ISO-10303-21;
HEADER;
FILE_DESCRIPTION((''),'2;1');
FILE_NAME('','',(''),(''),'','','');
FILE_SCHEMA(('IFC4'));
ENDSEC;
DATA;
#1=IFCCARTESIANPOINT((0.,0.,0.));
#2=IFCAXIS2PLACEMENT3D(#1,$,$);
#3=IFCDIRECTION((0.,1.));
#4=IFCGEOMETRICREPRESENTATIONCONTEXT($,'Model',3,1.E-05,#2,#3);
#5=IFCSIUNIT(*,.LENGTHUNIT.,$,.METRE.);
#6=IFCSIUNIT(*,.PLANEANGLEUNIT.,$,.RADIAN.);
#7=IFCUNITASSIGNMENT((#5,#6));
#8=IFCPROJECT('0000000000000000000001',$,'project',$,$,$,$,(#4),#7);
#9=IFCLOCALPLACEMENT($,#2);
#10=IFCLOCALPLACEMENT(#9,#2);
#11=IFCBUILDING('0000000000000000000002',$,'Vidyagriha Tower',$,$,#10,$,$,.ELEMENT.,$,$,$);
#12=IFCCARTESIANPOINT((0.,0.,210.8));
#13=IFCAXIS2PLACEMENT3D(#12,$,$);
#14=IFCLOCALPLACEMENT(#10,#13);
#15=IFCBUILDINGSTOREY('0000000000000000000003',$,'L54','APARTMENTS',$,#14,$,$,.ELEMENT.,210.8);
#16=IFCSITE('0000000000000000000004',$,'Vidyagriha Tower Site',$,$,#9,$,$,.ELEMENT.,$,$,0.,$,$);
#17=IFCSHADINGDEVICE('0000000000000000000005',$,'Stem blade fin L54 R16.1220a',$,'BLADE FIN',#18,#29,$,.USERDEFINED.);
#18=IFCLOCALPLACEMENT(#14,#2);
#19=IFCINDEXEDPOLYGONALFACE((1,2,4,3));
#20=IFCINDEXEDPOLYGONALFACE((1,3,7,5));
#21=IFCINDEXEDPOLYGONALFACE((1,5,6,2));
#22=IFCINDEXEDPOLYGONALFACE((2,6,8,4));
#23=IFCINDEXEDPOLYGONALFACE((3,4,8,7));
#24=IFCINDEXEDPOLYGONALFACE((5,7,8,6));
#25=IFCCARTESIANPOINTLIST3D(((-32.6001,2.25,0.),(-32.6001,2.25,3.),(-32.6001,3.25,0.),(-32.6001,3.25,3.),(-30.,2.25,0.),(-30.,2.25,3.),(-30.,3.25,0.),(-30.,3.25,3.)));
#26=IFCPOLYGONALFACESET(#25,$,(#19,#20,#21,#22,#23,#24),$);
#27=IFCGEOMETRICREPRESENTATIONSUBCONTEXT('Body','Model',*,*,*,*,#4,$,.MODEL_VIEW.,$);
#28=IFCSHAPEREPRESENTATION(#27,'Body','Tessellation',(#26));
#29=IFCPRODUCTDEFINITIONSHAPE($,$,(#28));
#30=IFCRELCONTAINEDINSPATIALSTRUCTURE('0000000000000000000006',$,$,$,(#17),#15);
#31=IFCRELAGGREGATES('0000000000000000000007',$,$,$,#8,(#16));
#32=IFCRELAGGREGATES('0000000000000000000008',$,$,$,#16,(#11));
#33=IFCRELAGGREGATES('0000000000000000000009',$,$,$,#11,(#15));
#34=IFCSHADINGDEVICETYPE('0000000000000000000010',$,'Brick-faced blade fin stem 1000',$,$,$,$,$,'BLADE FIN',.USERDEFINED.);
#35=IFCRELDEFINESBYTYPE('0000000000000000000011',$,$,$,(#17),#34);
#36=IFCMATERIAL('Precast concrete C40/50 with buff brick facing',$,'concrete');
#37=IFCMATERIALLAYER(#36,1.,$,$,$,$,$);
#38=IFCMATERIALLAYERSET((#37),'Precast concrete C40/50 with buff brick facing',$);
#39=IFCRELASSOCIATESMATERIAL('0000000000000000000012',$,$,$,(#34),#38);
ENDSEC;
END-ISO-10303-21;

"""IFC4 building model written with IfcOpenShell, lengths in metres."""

from ifc_helpers import new_model, si_unit, direction, frame, origin, place, context, subcontext, project, spatial, polyline, outline, extrude, material, layer, layer_set, type_object, element, save


model = new_model("IFC4")

# Units and contexts
model_context = context("Model", 3, precision=1e-05, world=origin(), true_north=direction((0.0, 1.0)))
body_context = subcontext(model_context, "Body", "Model", "MODEL_VIEW")
ifc_project = project(units=[si_unit("LENGTHUNIT", "METRE"), si_unit("PLANEANGLEUNIT", "RADIAN")], contexts=[model_context])

# Site, building, storey
site_placement = place(None, origin())
site = spatial("IfcSite", under=ifc_project, at=site_placement, Name="Vidyagriha Tower Site", CompositionType="ELEMENT", RefElevation=0.0)
building_placement = place(site_placement, origin())
building = spatial("IfcBuilding", under=site, at=building_placement, Name="Vidyagriha Tower", CompositionType="ELEMENT")
storey_placement = place(building_placement, frame((0.0, 0.0, 210.8)))
storey = spatial("IfcBuildingStorey", under=building, at=storey_placement, Name="L54", Description="APARTMENTS", CompositionType="ELEMENT", Elevation=210.8)

# Shading device
ifc_material_1 = material(Name="Precast concrete C40/50 with buff brick facing", Category="concrete")
ifc_layer_1 = layer(ifc_material_1, 1.0)
ifc_layer_set_1 = layer_set([ifc_layer_1], Name="Precast concrete C40/50 with buff brick facing")
shading_device_type_1 = type_object("IfcShadingDeviceType", Name="Brick-faced blade fin stem 1000", ElementType="BLADE FIN", PredefinedType="USERDEFINED", material=ifc_layer_set_1)
shading_device_1_placement = place(storey_placement, frame((-31.3, 3.25, 0.0), z_axis=(0.0, 0.0, 1.0), x_axis=(0.0, -1.0, 0.0)))
element("IfcShadingDevice", 1, at=shading_device_1_placement, inside=storey, type_object=shading_device_type_1, Name="Stem blade fin L54 R16.1220a", ObjectType="BLADE FIN", PredefinedType="USERDEFINED", context=body_context, shape_type="SweptSolid", body=[
    extrude(outline(polyline([(0.0, 0.0), (1.0, 0.0), (1.0, 3.0), (0.0, 3.0), (0.0, 0.0)])), frame((0.0, 1.3, 0.0), z_axis=(0.0, -1.0, 0.0), x_axis=(1.0, 0.0, 0.0)), (0.0, 0.0, 1.0), 2.6001),
])

save(model, "model.ifc")
